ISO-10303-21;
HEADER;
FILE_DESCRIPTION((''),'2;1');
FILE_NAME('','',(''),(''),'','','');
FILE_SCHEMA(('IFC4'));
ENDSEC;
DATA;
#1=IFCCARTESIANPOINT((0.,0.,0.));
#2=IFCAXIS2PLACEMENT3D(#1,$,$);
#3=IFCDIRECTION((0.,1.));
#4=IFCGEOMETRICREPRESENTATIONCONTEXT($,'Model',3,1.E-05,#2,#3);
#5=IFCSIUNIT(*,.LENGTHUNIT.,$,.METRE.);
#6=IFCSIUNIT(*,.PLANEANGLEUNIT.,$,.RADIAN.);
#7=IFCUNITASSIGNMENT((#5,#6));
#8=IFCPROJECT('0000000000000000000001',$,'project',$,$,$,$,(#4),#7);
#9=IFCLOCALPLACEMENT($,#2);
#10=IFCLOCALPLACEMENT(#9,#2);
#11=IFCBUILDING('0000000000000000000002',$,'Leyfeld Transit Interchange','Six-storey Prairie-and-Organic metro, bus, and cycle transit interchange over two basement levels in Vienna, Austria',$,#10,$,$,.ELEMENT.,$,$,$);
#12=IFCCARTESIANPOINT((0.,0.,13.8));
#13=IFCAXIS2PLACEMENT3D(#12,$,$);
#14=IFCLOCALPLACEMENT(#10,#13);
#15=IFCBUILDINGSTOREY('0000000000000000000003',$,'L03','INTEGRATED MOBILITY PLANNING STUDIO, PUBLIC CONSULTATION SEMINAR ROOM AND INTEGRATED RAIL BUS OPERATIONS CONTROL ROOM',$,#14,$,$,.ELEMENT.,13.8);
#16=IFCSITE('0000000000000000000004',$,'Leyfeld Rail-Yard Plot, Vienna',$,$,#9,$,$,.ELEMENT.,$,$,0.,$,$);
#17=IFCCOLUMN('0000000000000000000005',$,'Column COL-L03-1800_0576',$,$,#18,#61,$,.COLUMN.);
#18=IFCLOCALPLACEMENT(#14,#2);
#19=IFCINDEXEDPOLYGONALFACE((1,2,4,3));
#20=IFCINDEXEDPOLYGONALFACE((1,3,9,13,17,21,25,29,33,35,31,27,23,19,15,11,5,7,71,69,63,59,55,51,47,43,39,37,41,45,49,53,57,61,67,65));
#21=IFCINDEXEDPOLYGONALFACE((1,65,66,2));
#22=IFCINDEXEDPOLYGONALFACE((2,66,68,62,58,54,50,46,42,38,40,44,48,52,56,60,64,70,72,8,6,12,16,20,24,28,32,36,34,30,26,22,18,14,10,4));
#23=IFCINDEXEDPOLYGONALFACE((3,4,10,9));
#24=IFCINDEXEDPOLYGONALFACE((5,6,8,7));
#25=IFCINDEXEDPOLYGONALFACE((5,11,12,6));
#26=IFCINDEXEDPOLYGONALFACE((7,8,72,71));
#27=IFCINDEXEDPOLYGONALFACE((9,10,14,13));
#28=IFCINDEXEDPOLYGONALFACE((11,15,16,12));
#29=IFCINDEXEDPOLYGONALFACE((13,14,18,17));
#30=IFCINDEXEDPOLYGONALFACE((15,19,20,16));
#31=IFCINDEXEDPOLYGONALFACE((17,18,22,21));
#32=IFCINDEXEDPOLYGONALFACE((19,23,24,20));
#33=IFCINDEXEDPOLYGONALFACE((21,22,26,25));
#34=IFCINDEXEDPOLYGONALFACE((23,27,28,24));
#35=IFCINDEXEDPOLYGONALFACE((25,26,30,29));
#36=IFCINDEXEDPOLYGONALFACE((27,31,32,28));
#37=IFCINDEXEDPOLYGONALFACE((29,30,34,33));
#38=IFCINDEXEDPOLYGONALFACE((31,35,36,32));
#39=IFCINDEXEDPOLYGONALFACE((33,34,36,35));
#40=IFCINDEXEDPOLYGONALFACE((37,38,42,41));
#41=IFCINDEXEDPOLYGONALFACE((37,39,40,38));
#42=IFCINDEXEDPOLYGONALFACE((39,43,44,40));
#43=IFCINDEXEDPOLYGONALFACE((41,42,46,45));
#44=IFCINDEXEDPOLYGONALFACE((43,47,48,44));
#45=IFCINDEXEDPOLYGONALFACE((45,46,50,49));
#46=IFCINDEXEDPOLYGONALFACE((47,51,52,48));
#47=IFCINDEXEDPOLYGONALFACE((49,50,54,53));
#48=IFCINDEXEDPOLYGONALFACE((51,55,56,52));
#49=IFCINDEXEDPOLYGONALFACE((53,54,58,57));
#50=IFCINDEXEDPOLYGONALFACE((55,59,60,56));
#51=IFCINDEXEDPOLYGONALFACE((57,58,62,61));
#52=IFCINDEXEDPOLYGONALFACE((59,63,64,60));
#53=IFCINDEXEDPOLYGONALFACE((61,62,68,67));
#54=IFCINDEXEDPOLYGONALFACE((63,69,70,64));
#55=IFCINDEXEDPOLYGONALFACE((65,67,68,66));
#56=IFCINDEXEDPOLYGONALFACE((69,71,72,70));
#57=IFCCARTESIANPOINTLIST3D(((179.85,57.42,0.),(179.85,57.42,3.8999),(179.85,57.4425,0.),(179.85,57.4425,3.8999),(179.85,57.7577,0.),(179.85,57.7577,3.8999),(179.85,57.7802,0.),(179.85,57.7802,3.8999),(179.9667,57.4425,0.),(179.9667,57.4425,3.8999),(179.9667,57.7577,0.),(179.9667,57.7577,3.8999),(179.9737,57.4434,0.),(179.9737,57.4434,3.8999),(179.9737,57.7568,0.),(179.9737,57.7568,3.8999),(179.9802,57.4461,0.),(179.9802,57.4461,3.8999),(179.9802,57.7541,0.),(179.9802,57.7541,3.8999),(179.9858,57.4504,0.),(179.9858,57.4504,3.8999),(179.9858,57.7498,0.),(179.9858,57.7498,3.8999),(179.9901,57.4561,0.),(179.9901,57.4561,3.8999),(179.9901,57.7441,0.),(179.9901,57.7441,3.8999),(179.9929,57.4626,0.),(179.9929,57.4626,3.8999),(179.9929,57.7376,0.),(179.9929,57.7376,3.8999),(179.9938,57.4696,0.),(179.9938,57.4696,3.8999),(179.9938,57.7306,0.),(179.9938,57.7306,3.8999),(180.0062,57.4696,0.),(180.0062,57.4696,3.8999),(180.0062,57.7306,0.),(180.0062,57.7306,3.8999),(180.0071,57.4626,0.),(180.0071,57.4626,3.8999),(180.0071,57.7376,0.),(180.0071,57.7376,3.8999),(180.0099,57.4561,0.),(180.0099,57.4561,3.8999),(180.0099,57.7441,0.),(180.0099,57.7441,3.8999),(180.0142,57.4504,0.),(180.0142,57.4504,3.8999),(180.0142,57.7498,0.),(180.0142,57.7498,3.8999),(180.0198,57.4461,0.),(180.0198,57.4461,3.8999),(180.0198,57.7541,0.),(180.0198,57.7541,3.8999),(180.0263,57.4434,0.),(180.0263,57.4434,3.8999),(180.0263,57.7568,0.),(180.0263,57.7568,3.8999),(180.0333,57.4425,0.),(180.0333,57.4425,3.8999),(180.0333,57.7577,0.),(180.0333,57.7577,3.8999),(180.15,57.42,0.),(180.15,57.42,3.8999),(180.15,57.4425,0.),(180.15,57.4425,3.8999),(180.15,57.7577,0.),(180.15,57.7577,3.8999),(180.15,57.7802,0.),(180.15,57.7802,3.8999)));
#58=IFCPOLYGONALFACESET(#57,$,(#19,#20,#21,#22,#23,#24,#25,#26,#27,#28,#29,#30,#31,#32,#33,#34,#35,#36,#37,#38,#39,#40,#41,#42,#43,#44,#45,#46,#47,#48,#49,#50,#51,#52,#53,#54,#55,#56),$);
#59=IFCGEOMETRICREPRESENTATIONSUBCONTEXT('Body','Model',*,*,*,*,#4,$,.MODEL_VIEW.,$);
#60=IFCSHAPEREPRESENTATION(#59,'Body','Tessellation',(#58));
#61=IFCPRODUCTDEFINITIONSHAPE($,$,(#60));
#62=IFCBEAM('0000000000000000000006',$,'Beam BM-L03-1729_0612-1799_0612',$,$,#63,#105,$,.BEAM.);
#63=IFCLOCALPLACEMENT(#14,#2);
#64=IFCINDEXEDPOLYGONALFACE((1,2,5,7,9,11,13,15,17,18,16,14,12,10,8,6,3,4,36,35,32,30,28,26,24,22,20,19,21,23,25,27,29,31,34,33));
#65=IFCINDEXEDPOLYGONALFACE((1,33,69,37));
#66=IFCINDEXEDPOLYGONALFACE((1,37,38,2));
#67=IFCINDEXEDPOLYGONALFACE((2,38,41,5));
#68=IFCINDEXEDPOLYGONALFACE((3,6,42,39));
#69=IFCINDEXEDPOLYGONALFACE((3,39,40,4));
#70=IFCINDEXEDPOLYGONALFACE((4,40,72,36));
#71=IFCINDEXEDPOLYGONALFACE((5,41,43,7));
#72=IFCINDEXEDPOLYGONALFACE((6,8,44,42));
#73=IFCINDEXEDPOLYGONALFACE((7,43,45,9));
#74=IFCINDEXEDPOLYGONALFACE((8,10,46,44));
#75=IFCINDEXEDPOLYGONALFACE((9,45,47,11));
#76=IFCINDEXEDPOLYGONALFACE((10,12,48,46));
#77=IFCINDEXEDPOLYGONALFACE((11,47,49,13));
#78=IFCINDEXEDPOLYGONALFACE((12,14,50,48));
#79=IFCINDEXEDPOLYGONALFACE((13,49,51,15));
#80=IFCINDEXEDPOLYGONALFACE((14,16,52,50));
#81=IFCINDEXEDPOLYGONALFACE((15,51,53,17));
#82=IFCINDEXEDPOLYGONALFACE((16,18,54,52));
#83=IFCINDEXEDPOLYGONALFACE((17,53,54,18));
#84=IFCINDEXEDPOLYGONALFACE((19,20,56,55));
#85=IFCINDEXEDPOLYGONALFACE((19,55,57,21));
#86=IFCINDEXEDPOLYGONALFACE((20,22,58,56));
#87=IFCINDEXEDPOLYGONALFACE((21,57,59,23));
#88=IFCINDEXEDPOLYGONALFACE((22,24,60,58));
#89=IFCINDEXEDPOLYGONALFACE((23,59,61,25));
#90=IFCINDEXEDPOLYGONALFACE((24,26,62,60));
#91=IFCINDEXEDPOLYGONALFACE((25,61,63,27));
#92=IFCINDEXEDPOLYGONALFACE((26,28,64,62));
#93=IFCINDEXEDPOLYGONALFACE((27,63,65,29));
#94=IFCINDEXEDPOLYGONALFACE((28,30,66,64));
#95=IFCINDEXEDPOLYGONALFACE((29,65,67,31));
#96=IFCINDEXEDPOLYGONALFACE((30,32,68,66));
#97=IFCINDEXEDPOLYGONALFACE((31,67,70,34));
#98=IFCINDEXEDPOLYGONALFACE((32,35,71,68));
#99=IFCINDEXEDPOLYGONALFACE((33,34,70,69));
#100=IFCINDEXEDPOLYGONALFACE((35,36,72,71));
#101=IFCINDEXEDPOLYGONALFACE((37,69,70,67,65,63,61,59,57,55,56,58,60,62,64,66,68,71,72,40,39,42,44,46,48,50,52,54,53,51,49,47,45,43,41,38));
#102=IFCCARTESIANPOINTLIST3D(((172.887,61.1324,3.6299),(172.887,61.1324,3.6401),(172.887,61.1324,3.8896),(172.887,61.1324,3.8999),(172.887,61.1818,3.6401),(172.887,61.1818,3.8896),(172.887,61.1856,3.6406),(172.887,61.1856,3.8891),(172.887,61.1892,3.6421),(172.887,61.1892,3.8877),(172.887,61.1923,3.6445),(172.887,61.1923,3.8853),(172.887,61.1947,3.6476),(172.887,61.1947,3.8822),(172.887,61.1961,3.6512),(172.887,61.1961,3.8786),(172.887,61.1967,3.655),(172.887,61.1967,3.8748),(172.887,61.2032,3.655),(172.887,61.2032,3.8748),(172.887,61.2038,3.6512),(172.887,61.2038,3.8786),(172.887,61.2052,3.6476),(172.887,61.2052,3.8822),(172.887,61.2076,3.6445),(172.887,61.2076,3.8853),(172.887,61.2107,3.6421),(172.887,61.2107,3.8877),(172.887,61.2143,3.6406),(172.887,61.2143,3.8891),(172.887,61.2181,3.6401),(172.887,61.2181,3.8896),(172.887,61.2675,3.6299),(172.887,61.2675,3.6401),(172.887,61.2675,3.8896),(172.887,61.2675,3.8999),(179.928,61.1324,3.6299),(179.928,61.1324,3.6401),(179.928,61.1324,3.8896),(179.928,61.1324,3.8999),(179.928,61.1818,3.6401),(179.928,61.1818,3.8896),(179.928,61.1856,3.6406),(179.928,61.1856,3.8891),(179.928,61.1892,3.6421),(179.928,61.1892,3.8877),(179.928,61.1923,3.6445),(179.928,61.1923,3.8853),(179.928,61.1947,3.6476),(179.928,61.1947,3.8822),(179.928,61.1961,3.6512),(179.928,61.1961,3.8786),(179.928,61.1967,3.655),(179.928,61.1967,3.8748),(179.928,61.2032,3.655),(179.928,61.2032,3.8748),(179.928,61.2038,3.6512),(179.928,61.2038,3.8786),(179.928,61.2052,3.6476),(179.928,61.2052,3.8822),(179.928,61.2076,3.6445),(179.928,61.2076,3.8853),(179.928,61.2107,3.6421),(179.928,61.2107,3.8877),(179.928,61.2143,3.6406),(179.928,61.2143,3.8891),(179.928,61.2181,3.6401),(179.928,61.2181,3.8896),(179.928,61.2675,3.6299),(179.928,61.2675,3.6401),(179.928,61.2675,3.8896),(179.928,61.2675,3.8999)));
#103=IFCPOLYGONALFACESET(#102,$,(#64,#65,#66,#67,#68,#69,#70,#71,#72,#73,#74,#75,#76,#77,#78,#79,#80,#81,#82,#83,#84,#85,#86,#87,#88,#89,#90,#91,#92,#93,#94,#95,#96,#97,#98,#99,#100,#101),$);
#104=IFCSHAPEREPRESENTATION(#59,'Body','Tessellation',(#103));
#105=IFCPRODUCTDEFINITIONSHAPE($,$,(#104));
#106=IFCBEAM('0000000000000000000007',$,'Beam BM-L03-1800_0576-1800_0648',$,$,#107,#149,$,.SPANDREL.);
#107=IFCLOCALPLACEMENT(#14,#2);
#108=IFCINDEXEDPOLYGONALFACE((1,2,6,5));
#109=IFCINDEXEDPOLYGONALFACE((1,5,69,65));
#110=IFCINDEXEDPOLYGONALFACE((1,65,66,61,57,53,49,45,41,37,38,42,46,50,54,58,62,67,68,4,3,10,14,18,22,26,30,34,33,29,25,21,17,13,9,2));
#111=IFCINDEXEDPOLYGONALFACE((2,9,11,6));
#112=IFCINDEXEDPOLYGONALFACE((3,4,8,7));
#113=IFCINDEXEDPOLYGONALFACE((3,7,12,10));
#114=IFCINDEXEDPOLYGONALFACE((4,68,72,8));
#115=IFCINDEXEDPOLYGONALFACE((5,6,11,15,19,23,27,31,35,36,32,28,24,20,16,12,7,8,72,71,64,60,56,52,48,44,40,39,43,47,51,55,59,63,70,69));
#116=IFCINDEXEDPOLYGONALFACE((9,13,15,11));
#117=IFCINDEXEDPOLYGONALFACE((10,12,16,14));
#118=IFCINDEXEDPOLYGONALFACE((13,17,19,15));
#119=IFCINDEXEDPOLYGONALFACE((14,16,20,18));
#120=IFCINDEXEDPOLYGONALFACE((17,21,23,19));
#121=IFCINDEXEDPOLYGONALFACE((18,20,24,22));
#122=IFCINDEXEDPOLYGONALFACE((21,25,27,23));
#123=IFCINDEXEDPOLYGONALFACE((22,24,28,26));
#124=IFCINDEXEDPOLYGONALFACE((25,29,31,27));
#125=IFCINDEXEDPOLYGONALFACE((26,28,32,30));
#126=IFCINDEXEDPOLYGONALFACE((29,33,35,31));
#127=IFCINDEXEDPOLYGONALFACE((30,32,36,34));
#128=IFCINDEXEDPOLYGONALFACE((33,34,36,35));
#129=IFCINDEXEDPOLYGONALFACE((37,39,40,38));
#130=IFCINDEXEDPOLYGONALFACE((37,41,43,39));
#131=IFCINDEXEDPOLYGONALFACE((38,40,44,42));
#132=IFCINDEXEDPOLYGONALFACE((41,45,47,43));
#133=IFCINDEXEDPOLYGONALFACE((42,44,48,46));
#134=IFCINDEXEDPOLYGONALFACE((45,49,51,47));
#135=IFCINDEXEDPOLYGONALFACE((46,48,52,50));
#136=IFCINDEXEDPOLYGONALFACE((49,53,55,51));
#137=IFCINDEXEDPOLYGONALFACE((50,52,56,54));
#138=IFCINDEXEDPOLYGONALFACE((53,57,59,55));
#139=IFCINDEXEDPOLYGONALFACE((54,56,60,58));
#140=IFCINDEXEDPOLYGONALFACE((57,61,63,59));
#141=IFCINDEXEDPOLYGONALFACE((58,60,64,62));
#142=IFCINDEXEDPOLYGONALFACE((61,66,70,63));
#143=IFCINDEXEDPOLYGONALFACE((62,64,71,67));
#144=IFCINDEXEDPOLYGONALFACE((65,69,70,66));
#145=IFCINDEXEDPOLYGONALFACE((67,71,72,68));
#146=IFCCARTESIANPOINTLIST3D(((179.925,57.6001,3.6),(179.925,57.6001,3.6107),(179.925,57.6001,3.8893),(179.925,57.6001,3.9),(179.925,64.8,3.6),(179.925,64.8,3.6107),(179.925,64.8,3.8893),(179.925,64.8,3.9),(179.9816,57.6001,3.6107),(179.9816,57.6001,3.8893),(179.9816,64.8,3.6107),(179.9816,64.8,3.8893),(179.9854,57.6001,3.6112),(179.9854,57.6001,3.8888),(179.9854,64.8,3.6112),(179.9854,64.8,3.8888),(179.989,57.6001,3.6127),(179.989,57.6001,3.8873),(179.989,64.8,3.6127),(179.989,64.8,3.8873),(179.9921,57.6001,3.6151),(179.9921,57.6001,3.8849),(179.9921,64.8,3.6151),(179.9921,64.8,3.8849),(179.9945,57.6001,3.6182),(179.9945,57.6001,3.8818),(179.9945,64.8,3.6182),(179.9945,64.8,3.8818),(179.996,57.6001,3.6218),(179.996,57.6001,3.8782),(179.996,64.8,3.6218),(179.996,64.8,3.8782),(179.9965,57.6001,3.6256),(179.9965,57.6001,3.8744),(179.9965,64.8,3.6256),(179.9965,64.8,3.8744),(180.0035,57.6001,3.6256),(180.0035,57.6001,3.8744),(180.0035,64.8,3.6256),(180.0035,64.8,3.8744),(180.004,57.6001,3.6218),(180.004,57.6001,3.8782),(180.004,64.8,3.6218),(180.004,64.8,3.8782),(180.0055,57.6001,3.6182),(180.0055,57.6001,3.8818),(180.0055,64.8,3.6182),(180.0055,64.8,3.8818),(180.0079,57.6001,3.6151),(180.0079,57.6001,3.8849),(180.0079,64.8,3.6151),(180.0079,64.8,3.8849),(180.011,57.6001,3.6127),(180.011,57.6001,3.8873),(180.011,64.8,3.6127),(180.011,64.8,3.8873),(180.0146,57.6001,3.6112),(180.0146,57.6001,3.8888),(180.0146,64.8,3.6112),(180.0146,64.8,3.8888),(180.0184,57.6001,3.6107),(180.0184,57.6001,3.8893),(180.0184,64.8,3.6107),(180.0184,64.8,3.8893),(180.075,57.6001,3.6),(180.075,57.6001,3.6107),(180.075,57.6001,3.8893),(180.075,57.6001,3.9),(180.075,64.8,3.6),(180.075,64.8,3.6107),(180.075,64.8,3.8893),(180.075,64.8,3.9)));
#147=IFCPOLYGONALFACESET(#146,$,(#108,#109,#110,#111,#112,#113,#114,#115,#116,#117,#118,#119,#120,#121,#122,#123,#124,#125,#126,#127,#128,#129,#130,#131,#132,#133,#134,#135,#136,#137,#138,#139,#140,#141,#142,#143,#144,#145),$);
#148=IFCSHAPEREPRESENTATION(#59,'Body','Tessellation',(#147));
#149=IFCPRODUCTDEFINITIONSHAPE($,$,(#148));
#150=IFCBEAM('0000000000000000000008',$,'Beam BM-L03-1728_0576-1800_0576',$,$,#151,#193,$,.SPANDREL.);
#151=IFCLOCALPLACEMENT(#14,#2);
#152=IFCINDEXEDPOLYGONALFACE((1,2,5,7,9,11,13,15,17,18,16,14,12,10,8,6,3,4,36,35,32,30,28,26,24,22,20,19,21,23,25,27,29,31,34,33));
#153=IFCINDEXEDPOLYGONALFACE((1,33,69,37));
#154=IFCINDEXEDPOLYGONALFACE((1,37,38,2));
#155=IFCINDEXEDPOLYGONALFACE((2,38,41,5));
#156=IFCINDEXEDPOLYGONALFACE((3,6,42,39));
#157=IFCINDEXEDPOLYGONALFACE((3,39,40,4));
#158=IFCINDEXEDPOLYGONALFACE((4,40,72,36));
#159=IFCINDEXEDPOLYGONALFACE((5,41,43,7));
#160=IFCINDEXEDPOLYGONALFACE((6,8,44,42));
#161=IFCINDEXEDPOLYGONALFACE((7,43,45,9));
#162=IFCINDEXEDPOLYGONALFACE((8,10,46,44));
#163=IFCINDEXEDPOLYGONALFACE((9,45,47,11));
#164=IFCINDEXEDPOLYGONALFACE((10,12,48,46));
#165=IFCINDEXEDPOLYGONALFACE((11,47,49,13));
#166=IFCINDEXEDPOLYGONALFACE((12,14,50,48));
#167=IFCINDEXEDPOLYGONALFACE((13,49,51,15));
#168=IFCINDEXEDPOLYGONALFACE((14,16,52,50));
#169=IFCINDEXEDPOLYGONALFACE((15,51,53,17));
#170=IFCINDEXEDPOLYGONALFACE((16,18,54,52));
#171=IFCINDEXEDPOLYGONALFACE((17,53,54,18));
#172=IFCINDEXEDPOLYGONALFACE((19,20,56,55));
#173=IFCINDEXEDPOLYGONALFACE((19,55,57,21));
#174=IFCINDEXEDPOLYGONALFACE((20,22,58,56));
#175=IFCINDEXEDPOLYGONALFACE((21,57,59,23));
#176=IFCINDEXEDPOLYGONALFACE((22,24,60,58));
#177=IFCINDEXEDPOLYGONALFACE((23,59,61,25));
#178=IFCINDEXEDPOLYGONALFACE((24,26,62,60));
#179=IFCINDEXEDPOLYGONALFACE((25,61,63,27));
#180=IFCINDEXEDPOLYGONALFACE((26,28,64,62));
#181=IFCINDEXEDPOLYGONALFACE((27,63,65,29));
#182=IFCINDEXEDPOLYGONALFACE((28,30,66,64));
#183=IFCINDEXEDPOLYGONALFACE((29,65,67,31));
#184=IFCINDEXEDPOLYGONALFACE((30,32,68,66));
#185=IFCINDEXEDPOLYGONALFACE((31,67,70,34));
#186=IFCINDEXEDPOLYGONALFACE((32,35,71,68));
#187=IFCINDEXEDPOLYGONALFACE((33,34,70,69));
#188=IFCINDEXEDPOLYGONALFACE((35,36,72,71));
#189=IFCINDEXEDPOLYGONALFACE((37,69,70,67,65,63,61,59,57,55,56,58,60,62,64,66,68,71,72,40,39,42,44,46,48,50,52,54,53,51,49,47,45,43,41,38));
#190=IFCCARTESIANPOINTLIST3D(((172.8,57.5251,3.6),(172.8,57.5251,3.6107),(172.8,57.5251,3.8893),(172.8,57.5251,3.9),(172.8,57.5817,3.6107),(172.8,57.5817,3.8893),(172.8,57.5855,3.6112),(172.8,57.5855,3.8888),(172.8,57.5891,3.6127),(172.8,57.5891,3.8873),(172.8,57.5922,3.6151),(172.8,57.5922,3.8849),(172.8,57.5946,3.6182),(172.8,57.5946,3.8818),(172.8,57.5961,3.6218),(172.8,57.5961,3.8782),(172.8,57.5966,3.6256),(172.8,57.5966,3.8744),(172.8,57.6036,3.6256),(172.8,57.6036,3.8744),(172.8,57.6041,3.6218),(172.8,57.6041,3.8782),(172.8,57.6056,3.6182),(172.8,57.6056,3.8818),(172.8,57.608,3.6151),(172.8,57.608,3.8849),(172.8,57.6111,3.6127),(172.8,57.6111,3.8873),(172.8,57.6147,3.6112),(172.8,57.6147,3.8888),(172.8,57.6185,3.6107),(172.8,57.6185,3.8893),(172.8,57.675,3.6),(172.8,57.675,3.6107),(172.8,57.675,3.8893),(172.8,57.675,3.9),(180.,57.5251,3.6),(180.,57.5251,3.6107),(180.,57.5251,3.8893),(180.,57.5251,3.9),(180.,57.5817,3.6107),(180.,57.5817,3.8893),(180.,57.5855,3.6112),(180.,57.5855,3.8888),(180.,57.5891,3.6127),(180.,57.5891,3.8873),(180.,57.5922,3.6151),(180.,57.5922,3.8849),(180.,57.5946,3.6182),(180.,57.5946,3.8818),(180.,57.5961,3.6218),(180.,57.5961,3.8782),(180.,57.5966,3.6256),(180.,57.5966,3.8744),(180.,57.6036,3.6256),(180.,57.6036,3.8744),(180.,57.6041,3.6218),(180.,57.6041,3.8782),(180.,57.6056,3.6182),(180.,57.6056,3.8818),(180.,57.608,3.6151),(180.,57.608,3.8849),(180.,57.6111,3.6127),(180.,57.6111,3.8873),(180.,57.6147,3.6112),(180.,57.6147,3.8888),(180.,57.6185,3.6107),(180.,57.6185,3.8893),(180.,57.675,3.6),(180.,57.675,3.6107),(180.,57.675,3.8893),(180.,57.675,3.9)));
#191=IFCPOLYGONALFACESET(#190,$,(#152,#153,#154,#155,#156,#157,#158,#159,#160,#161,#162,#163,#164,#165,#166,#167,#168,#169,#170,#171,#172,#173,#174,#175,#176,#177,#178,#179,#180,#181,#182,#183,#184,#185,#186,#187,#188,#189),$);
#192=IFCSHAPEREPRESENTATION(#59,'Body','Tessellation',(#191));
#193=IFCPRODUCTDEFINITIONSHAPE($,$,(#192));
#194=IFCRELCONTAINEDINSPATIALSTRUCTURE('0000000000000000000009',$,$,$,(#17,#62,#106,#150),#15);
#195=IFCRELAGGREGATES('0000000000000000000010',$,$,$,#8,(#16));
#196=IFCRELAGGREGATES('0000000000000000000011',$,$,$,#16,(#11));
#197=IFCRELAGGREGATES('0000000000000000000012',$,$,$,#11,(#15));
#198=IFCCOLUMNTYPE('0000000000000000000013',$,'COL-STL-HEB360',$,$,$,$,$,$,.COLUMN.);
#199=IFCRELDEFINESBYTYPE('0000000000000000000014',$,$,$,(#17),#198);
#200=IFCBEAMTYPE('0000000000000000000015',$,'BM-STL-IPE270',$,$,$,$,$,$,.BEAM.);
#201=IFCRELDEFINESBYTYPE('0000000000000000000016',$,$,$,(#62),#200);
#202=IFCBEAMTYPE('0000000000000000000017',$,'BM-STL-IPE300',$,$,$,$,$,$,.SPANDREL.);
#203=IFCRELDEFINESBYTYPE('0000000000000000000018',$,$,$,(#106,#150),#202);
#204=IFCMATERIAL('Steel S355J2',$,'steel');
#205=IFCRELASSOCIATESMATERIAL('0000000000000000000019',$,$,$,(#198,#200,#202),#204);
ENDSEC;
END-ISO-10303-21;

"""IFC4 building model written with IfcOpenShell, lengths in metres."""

from ifc_helpers import new_model, si_unit, direction, frame, origin, origin_2d, place, context, subcontext, project, spatial, i_section, extrude, material, material_profile, profile_set, type_object, element, save


model = new_model("IFC4")

# Units and contexts
model_context = context("Model", 3, precision=1e-05, world=origin(), true_north=direction((0.0, 1.0)))
body_context = subcontext(model_context, "Body", "Model", "MODEL_VIEW")
ifc_project = project(units=[si_unit("LENGTHUNIT", "METRE"), si_unit("PLANEANGLEUNIT", "RADIAN")], contexts=[model_context])

# Site, building, storey
site_placement = place(None, origin())
site = spatial("IfcSite", under=ifc_project, at=site_placement, Name="Leyfeld Rail-Yard Plot, Vienna", CompositionType="ELEMENT", RefElevation=0.0)
building_placement = place(site_placement, origin())
building = spatial("IfcBuilding", under=site, at=building_placement, Name="Leyfeld Transit Interchange", Description="Six-storey Prairie-and-Organic metro, bus, and cycle transit interchange over two basement levels in Vienna, Austria", CompositionType="ELEMENT")
storey_placement = place(building_placement, frame((0.0, 0.0, 13.8)))
storey = spatial("IfcBuildingStorey", under=building, at=storey_placement, Name="L03", Description="INTEGRATED MOBILITY PLANNING STUDIO, PUBLIC CONSULTATION SEMINAR ROOM AND INTEGRATED RAIL BUS OPERATIONS CONTROL ROOM", CompositionType="ELEMENT", Elevation=13.8)

# Column
ifc_material_1 = material(Name="Steel S355J2", Category="steel")
ifc_material_profile_1 = material_profile(ifc_material_1, i_section(OverallWidth=0.3, OverallDepth=0.3601, WebThickness=0.0125, FlangeThickness=0.0225, FilletRadius=0.0271, at=origin_2d()), Name="HEB 360")
ifc_profile_set_1 = profile_set([ifc_material_profile_1], Name="Steel S355J2")
column_type = type_object("IfcColumnType", Name="COL-STL-HEB360", PredefinedType="COLUMN", material=ifc_profile_set_1)
column_placement = place(storey_placement, frame((180.0, 57.6001, 0.0), z_axis=(0.0, 0.0, 1.0), x_axis=(1.0, 0.0, 0.0)))
element("IfcColumn", 1, at=column_placement, inside=storey, type_object=column_type, Name="Column COL-L03-1800_0576", PredefinedType="COLUMN", context=body_context, shape_type="SweptSolid", body=[
    extrude(i_section(OverallWidth=0.3, OverallDepth=0.3601, WebThickness=0.0125, FlangeThickness=0.0225, FilletRadius=0.0271, at=origin_2d()), origin(), (0.0, 0.0, 1.0), 3.8999),
])

# Beams
ifc_material_profile_2 = material_profile(ifc_material_1, i_section(OverallWidth=0.135, OverallDepth=0.27, WebThickness=0.0066, FlangeThickness=0.0103, FilletRadius=0.0149, at=origin_2d()), Name="IPE 270")
ifc_profile_set_2 = profile_set([ifc_material_profile_2], Name="Steel S355J2")
beam_type_1 = type_object("IfcBeamType", Name="BM-STL-IPE270", PredefinedType="BEAM", material=ifc_profile_set_2)
beam_1_placement = place(storey_placement, frame((172.887, 61.2, 3.7649), z_axis=(1.0, 0.0, 0.0), x_axis=(0.0, 1.0, 0.0)))
element("IfcBeam", 2, at=beam_1_placement, inside=storey, type_object=beam_type_1, Name="Beam BM-L03-1729_0612-1799_0612", PredefinedType="BEAM", context=body_context, shape_type="SweptSolid", body=[
    extrude(i_section(OverallWidth=0.135, OverallDepth=0.27, WebThickness=0.0066, FlangeThickness=0.0103, FilletRadius=0.0149, at=origin_2d()), origin(), (0.0, 0.0, 1.0), 7.041),
])
ifc_material_profile_3 = material_profile(ifc_material_1, i_section(OverallWidth=0.1499, OverallDepth=0.3, WebThickness=0.0071, FlangeThickness=0.0107, FilletRadius=0.0149, at=origin_2d()), Name="IPE 300")
ifc_profile_set_3 = profile_set([ifc_material_profile_3], Name="Steel S355J2")
beam_type_2 = type_object("IfcBeamType", Name="BM-STL-IPE300", PredefinedType="SPANDREL", material=ifc_profile_set_3)
for number, where, z_axis, x_axis, name in (
    (3, (180.0, 57.6001, 3.75), (0.0, 1.0, 0.0), (-1.0, 0.0, 0.0), "Beam BM-L03-1800_0576-1800_0648"),
    (4, (172.8, 57.6001, 3.75), (1.0, 0.0, 0.0), (0.0, 1.0, 0.0), "Beam BM-L03-1728_0576-1800_0576"),
):
    element("IfcBeam", number, at=place(storey_placement, frame(where, z_axis=z_axis, x_axis=x_axis)), inside=storey, type_object=beam_type_2, Name=name, PredefinedType="SPANDREL", context=body_context, shape_type="SweptSolid", body=[
        extrude(i_section(OverallWidth=0.1499, OverallDepth=0.3, WebThickness=0.0071, FlangeThickness=0.0107, FilletRadius=0.0149, at=origin_2d()), origin(), (0.0, 0.0, 1.0), 7.2),
    ])

save(model, "model.ifc")
